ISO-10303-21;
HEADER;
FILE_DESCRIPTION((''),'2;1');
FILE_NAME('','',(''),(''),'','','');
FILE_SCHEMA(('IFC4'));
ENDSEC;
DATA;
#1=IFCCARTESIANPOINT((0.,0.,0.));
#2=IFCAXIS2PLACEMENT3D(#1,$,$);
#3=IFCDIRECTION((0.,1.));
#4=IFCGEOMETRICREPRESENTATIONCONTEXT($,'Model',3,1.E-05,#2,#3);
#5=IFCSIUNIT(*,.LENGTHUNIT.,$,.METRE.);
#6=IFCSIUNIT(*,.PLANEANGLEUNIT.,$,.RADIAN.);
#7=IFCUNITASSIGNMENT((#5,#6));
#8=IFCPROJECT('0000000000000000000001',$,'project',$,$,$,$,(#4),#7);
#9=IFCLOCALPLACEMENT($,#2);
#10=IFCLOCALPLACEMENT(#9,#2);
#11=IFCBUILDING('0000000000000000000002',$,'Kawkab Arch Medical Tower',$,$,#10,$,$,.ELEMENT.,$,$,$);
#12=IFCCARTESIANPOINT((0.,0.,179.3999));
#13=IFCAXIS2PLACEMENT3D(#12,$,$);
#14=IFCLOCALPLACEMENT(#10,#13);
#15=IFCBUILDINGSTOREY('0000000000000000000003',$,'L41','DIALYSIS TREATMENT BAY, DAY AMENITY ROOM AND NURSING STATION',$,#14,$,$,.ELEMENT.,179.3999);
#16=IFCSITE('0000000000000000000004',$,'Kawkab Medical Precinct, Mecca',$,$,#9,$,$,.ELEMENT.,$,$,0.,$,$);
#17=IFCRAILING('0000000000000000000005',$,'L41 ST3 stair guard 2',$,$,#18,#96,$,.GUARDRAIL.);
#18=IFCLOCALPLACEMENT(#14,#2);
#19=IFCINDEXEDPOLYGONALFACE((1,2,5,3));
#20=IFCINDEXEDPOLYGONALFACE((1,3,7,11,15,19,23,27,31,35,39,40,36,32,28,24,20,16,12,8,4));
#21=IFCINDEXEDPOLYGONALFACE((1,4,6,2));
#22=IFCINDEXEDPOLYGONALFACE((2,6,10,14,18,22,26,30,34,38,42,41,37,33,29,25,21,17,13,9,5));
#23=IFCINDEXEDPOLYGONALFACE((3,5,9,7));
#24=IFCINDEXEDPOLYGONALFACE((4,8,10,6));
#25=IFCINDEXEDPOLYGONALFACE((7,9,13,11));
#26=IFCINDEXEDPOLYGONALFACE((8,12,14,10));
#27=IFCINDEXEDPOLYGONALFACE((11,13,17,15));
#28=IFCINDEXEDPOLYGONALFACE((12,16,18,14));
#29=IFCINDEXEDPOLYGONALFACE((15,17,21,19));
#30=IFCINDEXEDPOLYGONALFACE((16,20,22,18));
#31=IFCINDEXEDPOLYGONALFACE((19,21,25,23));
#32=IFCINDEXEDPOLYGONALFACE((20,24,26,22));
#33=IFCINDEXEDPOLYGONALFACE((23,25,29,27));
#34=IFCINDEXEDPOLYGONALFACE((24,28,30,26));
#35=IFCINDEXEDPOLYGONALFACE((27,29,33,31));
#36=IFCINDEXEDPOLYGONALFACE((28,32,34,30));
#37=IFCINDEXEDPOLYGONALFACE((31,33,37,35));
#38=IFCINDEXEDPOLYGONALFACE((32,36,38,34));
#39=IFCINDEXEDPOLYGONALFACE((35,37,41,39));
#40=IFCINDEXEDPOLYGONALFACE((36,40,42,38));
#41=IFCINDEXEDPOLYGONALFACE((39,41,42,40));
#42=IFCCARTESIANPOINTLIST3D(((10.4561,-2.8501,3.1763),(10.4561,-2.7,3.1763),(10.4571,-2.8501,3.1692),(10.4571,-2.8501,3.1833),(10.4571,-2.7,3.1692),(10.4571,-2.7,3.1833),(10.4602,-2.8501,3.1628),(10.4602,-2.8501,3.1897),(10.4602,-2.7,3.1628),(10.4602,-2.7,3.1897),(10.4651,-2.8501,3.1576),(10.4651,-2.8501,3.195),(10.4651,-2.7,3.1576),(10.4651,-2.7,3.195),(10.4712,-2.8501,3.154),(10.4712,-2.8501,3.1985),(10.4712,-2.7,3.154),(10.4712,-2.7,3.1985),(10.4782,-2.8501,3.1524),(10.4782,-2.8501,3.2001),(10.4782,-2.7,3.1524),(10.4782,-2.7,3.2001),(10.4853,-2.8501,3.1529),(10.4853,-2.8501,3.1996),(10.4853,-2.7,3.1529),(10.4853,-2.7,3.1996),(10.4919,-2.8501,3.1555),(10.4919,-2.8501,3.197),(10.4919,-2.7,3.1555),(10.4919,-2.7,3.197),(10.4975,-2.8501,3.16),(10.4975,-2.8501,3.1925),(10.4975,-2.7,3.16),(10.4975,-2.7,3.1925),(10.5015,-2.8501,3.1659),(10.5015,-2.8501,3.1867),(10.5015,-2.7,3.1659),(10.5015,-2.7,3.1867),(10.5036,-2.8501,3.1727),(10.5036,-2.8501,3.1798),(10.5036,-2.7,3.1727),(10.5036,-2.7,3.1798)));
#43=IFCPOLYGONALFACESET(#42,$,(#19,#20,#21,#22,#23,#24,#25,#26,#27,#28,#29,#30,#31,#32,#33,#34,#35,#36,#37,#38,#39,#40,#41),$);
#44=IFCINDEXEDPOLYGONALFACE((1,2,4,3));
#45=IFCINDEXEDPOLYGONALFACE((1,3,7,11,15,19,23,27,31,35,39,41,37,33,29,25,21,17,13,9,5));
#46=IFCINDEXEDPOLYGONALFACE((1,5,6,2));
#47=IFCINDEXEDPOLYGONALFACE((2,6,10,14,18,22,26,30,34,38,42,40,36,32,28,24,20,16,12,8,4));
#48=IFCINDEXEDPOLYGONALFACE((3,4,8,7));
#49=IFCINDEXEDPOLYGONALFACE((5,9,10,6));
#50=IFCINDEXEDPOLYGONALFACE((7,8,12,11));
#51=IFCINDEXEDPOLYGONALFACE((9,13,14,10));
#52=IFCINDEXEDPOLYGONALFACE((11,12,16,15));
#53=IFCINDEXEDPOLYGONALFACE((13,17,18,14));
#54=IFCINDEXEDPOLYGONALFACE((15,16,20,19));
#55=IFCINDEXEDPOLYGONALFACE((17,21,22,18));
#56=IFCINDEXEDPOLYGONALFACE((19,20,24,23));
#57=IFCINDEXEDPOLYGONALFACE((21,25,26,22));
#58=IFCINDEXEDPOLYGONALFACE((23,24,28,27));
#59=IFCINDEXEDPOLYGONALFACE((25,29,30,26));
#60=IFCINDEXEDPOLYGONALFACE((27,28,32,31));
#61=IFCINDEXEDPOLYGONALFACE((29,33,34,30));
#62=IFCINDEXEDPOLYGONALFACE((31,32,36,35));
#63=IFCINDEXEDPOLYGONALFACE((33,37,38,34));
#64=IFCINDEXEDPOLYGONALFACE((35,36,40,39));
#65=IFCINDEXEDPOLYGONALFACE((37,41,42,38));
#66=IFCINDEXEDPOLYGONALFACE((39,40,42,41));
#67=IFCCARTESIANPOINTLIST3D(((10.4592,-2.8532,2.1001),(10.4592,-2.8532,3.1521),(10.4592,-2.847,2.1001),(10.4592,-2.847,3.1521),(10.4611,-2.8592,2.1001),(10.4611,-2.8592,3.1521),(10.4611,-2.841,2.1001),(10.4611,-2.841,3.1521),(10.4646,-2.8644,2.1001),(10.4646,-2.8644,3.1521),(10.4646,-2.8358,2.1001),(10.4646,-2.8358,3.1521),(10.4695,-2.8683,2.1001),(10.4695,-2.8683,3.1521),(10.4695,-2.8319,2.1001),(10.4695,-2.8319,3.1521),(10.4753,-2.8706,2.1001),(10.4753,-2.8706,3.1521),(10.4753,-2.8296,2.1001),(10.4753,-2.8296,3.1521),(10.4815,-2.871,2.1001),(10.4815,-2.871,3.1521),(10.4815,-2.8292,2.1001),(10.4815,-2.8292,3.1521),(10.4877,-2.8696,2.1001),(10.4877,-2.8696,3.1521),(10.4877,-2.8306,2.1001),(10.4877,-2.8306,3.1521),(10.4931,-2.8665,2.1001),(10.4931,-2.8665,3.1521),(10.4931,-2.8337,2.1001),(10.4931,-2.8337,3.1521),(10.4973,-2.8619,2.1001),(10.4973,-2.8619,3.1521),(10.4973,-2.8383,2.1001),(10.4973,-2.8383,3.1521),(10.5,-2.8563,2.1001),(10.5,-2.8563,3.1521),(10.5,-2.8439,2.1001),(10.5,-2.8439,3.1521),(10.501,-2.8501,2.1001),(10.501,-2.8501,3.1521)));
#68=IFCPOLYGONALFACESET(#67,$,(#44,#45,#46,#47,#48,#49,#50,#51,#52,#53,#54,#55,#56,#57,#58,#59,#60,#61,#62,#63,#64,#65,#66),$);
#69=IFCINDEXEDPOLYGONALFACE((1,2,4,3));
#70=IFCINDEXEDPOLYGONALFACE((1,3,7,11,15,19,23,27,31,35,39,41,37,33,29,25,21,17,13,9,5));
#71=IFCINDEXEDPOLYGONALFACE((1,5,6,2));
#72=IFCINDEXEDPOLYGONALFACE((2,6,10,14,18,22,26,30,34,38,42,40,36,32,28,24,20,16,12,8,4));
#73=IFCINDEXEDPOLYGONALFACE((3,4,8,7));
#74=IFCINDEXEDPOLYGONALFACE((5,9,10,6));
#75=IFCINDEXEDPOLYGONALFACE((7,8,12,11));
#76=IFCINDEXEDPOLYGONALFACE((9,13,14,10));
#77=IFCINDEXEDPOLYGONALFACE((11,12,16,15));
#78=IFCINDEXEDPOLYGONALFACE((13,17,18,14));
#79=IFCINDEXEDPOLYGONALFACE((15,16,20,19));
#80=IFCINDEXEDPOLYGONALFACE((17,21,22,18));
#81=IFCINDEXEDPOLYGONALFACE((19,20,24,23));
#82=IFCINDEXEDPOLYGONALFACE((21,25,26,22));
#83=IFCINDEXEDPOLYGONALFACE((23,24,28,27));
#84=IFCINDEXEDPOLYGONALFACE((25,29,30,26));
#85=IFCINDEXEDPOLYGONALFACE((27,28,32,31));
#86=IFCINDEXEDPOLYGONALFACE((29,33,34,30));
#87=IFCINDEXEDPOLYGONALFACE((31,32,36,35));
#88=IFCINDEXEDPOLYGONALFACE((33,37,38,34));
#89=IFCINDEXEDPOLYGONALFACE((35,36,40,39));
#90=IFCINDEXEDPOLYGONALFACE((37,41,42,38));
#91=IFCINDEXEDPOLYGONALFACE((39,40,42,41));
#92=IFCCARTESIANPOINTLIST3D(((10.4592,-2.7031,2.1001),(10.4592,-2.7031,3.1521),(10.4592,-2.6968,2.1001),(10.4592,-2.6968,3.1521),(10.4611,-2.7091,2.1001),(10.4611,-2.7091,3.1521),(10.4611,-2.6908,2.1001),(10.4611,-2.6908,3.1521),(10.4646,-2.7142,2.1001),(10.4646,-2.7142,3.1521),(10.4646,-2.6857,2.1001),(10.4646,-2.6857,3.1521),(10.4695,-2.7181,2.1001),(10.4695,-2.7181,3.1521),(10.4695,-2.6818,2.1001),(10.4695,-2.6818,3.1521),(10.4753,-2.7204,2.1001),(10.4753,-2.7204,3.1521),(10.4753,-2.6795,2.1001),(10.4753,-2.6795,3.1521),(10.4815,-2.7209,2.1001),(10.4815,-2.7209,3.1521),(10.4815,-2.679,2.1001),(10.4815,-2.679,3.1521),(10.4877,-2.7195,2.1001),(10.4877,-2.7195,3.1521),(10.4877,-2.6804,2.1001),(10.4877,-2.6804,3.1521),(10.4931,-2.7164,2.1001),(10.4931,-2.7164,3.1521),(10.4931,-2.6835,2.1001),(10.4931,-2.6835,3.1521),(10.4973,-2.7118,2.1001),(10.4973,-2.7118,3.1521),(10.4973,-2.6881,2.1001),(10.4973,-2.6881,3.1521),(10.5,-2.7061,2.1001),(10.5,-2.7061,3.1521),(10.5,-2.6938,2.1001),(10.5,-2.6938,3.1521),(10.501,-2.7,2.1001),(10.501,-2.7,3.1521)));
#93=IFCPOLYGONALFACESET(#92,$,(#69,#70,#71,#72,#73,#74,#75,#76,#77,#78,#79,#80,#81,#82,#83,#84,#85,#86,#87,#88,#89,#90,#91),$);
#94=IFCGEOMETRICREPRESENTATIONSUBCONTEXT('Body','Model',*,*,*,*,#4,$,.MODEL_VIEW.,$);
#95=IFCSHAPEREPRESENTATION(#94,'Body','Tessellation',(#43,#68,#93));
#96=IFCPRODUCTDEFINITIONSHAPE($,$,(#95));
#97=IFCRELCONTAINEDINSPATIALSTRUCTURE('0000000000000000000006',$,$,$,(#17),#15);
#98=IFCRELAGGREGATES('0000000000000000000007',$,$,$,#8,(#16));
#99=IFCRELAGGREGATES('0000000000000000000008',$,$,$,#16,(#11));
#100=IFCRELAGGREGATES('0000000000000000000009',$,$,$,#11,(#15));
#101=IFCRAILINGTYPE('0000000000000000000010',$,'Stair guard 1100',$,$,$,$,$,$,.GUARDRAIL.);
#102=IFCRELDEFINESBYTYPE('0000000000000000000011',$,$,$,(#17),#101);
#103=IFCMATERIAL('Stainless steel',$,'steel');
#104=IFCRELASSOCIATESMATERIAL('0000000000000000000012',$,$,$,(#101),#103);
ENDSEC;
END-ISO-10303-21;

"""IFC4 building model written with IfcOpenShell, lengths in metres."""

from ifc_helpers import new_model, si_unit, direction, frame, origin, origin_2d, place, context, subcontext, project, spatial, circle, extrude, material, type_object, element, save


model = new_model("IFC4")

# Units and contexts
model_context = context("Model", 3, precision=1e-05, world=origin(), true_north=direction((0.0, 1.0)))
body_context = subcontext(model_context, "Body", "Model", "MODEL_VIEW")
ifc_project = project(units=[si_unit("LENGTHUNIT", "METRE"), si_unit("PLANEANGLEUNIT", "RADIAN")], contexts=[model_context])

# Site, building, storey
site_placement = place(None, origin())
site = spatial("IfcSite", under=ifc_project, at=site_placement, Name="Kawkab Medical Precinct, Mecca", CompositionType="ELEMENT", RefElevation=0.0)
building_placement = place(site_placement, origin())
building = spatial("IfcBuilding", under=site, at=building_placement, Name="Kawkab Arch Medical Tower", CompositionType="ELEMENT")
storey_placement = place(building_placement, frame((0.0, 0.0, 179.3999)))
storey = spatial("IfcBuildingStorey", under=building, at=storey_placement, Name="L41", Description="DIALYSIS TREATMENT BAY, DAY AMENITY ROOM AND NURSING STATION", CompositionType="ELEMENT", Elevation=179.3999)

# Railing
ifc_material_1 = material(Name="Stainless steel", Category="steel")
railing_type_1 = type_object("IfcRailingType", Name="Stair guard 1100", PredefinedType="GUARDRAIL", material=ifc_material_1)
railing_1_placement = place(storey_placement, frame((10.48, -2.8501, 2.1001)))
element("IfcRailing", 1, at=railing_1_placement, inside=storey, type_object=railing_type_1, Name="L41 ST3 stair guard 2", PredefinedType="GUARDRAIL", context=body_context, shape_type="SweptSolid", body=[
    extrude(circle(Radius=0.0239, at=origin_2d()), frame((0.0, 0.0, 1.0762), z_axis=(0.0, 1.0, 0.0), x_axis=(-1.0, 0.0, 0.0)), (0.0, 0.0, 1.0), 0.1501),
    extrude(circle(Radius=0.021, at=origin_2d()), origin(), (0.0, 0.0, 1.0), 1.052),
    extrude(circle(Radius=0.021, at=origin_2d()), frame((0.0, 0.1501, 0.0)), (0.0, 0.0, 1.0), 1.052),
])

save(model, "model.ifc")
